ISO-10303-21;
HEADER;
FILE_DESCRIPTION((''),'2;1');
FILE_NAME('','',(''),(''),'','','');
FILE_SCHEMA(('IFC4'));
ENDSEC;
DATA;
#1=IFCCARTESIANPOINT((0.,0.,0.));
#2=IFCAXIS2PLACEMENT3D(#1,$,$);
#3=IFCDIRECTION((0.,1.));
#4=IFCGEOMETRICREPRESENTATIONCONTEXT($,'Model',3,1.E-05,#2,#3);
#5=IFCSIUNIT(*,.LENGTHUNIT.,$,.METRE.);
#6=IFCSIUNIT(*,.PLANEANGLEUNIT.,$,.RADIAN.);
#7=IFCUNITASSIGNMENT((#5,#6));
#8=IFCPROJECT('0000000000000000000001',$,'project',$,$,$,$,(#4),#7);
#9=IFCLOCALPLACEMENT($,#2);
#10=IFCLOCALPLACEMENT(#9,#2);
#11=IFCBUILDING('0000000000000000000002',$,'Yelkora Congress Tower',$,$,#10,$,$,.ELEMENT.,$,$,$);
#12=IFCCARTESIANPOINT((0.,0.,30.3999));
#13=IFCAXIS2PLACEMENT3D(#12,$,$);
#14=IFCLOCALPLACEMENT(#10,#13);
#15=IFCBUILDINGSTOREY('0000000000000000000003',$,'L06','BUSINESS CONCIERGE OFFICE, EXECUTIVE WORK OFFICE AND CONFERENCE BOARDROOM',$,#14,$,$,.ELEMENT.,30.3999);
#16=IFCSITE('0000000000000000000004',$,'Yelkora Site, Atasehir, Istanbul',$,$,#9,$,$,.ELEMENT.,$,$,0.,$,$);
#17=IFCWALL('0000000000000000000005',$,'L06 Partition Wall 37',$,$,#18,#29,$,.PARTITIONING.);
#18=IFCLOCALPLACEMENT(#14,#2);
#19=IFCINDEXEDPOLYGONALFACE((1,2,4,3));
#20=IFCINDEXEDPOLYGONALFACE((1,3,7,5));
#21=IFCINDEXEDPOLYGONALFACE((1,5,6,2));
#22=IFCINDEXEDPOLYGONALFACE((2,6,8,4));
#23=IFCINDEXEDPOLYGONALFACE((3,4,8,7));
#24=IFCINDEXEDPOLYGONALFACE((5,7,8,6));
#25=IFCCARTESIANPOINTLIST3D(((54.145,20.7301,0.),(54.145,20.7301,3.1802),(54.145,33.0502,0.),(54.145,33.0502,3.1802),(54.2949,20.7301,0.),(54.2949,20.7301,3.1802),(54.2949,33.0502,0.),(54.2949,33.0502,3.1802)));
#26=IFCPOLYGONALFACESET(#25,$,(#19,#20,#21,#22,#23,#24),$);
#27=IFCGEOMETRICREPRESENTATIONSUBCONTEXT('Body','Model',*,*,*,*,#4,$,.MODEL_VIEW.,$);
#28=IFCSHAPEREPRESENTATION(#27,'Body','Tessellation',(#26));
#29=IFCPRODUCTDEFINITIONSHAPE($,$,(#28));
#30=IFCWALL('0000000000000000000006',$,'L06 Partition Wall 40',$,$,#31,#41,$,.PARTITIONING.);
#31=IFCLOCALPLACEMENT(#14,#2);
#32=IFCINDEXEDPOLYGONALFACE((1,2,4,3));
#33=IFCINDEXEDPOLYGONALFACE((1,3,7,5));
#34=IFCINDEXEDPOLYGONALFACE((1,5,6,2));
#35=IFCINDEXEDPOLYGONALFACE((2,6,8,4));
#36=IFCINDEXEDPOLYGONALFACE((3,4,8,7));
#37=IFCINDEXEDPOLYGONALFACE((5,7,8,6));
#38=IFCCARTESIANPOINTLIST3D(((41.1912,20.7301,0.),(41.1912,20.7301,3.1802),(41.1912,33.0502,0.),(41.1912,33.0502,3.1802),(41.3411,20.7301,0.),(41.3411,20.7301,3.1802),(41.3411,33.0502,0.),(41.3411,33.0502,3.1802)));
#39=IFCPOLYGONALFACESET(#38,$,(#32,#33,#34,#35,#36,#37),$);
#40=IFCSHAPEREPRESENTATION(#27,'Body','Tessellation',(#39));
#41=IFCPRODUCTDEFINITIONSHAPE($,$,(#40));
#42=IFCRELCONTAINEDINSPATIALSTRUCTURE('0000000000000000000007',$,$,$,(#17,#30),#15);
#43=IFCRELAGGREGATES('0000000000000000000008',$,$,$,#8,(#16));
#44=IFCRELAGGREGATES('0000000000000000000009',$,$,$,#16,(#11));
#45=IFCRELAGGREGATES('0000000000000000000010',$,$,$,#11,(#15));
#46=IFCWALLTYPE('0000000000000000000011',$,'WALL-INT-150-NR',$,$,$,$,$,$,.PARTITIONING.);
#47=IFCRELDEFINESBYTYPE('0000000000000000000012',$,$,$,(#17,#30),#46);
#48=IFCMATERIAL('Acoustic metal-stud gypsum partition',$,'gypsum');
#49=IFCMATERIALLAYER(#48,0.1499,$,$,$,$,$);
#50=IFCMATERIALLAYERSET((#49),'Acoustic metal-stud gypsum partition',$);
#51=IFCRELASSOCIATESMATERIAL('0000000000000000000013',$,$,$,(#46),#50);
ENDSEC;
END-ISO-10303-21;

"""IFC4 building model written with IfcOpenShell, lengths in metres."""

from ifc_helpers import new_model, si_unit, direction, frame, frame_2d, origin, place, context, subcontext, project, spatial, rectangle, extrude, material, layer, layer_set, type_object, element, save


model = new_model("IFC4")

# Units and contexts
model_context = context("Model", 3, precision=1e-05, world=origin(), true_north=direction((0.0, 1.0)))
body_context = subcontext(model_context, "Body", "Model", "MODEL_VIEW")
ifc_project = project(units=[si_unit("LENGTHUNIT", "METRE"), si_unit("PLANEANGLEUNIT", "RADIAN")], contexts=[model_context])

# Site, building, storey
site_placement = place(None, origin())
site = spatial("IfcSite", under=ifc_project, at=site_placement, Name="Yelkora Site, Atasehir, Istanbul", CompositionType="ELEMENT", RefElevation=0.0)
building_placement = place(site_placement, origin())
building = spatial("IfcBuilding", under=site, at=building_placement, Name="Yelkora Congress Tower", CompositionType="ELEMENT")
storey_placement = place(building_placement, frame((0.0, 0.0, 30.3999)))
storey = spatial("IfcBuildingStorey", under=building, at=storey_placement, Name="L06", Description="BUSINESS CONCIERGE OFFICE, EXECUTIVE WORK OFFICE AND CONFERENCE BOARDROOM", CompositionType="ELEMENT", Elevation=30.3999)

# Walls
ifc_material_1 = material(Name="Acoustic metal-stud gypsum partition", Category="gypsum")
ifc_layer_1 = layer(ifc_material_1, 0.1499)
ifc_layer_set_1 = layer_set([ifc_layer_1], Name="Acoustic metal-stud gypsum partition")
wall_type_1 = type_object("IfcWallType", Name="WALL-INT-150-NR", PredefinedType="PARTITIONING", material=ifc_layer_set_1)
for number, where, z_axis, x_axis, name in (
    (1, (54.22, 20.73, 0.0), (0.0, 0.0, 1.0), (0.0, 1.0, 0.0), "L06 Partition Wall 37"),
    (2, (41.2661, 20.73, 0.0), (0.0, 0.0, 1.0), (0.0, 1.0, 0.0), "L06 Partition Wall 40"),
):
    element("IfcWall", number, at=place(storey_placement, frame(where, z_axis=z_axis, x_axis=x_axis)), inside=storey, type_object=wall_type_1, Name=name, PredefinedType="PARTITIONING", context=body_context, shape_type="SweptSolid", body=[
        extrude(rectangle(XDim=12.3201, YDim=0.1499, at=frame_2d((6.1602, 0.0))), origin(), (0.0, 0.0, 1.0), 3.1802),
    ])

save(model, "model.ifc")
